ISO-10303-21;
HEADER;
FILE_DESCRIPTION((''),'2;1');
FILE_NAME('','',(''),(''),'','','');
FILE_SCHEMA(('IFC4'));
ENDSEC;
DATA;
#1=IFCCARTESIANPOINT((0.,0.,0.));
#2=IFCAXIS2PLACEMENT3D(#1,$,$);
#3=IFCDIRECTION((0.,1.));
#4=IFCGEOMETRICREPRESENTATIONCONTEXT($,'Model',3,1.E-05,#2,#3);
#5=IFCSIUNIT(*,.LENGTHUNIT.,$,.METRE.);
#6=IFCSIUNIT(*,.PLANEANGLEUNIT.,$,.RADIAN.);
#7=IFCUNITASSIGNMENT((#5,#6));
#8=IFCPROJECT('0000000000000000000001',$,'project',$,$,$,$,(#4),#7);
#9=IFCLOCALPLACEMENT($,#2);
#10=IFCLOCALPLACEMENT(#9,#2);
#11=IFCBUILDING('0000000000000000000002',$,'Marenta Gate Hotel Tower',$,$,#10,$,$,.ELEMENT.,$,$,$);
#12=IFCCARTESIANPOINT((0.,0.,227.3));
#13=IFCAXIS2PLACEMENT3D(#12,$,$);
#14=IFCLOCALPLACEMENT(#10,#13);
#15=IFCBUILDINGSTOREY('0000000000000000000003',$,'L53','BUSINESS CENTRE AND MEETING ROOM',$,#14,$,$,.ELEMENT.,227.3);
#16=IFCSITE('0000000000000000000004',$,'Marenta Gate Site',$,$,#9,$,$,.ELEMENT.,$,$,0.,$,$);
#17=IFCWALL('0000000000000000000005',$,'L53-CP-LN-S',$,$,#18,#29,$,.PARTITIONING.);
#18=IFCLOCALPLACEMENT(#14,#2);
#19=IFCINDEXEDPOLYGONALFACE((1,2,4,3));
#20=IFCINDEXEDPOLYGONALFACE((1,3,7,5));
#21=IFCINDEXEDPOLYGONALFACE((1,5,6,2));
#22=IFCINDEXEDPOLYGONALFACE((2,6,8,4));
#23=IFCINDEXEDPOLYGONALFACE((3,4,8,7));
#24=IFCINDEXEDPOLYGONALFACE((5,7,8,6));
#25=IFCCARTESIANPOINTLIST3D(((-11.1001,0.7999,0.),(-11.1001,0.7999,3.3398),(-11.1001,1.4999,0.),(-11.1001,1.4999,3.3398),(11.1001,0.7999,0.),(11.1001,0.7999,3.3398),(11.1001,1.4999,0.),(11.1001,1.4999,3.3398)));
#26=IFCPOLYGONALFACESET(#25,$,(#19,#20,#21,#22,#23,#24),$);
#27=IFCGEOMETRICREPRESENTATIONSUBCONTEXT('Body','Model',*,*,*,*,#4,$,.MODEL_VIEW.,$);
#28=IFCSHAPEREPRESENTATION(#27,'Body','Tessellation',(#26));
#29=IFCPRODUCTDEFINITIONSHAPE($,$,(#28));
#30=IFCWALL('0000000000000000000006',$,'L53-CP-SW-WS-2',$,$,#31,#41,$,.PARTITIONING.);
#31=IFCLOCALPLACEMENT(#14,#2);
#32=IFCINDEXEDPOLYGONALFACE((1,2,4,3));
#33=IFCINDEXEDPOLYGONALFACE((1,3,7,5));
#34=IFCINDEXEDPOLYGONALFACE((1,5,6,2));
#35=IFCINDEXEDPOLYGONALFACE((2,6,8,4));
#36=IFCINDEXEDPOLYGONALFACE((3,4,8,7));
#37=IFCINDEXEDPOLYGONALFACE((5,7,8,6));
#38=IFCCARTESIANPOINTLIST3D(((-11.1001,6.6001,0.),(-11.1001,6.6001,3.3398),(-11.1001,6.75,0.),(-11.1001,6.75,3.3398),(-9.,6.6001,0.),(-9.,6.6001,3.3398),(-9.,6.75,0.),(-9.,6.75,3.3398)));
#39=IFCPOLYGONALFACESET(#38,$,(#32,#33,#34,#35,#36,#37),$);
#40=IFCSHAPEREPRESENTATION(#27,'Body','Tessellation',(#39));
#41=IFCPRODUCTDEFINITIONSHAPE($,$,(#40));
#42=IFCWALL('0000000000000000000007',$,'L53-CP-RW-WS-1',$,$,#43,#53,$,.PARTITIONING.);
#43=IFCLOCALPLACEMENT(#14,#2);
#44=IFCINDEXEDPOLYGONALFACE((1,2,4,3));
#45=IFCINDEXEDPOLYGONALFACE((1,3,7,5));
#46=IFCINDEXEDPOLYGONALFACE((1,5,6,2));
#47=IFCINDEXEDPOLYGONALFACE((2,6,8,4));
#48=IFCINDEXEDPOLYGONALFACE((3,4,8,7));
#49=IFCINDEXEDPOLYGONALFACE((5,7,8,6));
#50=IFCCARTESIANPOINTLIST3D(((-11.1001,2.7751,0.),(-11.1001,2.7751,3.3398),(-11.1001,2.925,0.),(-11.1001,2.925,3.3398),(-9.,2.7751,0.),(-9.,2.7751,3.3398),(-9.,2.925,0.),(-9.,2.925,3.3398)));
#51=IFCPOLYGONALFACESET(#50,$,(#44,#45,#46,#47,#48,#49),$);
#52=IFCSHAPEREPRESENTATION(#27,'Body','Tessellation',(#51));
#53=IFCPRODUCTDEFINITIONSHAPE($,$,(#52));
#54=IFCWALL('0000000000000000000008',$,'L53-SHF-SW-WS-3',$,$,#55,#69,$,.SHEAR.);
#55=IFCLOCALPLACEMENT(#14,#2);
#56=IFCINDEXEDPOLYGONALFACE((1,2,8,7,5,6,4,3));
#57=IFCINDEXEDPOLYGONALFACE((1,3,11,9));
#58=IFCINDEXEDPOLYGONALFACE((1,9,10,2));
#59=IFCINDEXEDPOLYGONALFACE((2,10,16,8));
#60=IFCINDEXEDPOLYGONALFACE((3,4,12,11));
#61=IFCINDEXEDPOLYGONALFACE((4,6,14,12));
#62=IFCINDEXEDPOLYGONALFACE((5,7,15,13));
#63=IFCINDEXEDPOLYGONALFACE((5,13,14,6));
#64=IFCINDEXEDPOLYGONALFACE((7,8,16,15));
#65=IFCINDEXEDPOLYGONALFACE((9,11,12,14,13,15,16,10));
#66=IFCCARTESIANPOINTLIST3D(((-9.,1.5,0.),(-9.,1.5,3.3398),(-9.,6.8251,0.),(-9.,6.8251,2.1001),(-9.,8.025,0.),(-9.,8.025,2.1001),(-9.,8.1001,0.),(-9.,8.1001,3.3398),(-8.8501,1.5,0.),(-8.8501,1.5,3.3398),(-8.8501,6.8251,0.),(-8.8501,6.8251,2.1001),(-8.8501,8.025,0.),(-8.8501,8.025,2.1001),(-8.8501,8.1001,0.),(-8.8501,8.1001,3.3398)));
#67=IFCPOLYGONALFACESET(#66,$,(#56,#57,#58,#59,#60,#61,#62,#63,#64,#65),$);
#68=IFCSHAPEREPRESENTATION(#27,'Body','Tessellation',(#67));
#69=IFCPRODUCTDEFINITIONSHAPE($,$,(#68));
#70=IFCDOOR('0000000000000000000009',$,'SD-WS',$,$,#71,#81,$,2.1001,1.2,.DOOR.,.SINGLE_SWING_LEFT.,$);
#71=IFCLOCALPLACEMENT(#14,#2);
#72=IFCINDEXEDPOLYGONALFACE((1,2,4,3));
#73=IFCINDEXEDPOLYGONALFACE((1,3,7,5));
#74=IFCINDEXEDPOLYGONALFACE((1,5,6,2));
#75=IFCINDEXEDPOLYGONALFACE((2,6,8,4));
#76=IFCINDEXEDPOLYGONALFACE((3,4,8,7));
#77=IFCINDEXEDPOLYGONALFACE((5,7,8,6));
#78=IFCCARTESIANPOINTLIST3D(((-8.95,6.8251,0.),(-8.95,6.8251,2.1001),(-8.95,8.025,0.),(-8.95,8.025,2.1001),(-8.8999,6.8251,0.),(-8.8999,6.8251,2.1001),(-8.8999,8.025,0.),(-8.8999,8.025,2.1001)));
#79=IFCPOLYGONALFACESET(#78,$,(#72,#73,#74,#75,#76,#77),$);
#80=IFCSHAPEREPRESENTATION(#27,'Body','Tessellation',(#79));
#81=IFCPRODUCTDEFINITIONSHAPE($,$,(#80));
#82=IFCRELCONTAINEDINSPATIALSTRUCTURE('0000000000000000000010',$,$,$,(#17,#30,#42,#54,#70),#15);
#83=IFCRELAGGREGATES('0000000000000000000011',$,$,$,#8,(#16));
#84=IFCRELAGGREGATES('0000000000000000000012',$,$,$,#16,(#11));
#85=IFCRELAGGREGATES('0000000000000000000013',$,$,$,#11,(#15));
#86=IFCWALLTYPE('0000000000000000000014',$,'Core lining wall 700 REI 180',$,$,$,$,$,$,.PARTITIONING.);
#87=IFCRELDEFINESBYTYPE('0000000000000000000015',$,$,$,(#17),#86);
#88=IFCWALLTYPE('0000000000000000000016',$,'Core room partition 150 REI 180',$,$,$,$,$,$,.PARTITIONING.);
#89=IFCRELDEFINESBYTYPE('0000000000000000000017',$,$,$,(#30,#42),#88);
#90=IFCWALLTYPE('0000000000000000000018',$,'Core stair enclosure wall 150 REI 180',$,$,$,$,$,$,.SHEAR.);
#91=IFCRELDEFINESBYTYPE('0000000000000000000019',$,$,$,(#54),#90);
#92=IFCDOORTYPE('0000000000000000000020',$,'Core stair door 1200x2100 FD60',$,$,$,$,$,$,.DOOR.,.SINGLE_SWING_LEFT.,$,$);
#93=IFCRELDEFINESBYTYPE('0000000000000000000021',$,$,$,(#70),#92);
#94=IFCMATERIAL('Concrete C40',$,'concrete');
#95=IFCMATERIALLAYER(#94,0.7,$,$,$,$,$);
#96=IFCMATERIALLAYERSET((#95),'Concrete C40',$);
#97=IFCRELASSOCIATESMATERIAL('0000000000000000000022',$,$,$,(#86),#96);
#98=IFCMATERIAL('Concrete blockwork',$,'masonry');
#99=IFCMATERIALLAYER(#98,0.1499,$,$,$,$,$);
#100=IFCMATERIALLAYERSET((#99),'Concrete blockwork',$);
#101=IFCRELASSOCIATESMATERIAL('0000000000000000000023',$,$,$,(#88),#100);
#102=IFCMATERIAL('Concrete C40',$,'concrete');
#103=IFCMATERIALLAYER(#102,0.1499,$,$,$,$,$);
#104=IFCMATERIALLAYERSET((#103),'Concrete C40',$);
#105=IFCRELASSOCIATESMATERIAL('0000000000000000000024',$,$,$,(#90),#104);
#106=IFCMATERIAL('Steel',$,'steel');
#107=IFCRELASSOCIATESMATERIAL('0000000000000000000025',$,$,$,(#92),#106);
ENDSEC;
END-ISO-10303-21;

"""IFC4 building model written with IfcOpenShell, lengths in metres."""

from ifc_helpers import new_model, si_unit, direction, frame, frame_2d, origin, place, context, subcontext, project, spatial, rectangle, extrude, material, layer, layer_set, type_object, element, fill, save


model = new_model("IFC4")

# Units and contexts
model_context = context("Model", 3, precision=1e-05, world=origin(), true_north=direction((0.0, 1.0)))
body_context = subcontext(model_context, "Body", "Model", "MODEL_VIEW")
ifc_project = project(units=[si_unit("LENGTHUNIT", "METRE"), si_unit("PLANEANGLEUNIT", "RADIAN")], contexts=[model_context])

# Site, building, storey
site_placement = place(None, origin())
site = spatial("IfcSite", under=ifc_project, at=site_placement, Name="Marenta Gate Site", CompositionType="ELEMENT", RefElevation=0.0)
building_placement = place(site_placement, origin())
building = spatial("IfcBuilding", under=site, at=building_placement, Name="Marenta Gate Hotel Tower", CompositionType="ELEMENT")
storey_placement = place(building_placement, frame((0.0, 0.0, 227.3)))
storey = spatial("IfcBuildingStorey", under=building, at=storey_placement, Name="L53", Description="BUSINESS CENTRE AND MEETING ROOM", CompositionType="ELEMENT", Elevation=227.3)

# Walls
ifc_material_1 = material(Name="Concrete C40", Category="concrete")
ifc_layer_1 = layer(ifc_material_1, 0.7)
ifc_layer_set_1 = layer_set([ifc_layer_1], Name="Concrete C40")
wall_type_1 = type_object("IfcWallType", Name="Core lining wall 700 REI 180", PredefinedType="PARTITIONING", material=ifc_layer_set_1)
wall_1_placement = place(storey_placement, frame((-11.1001, 1.1499, 0.0), z_axis=(0.0, 0.0, 1.0), x_axis=(1.0, 0.0, 0.0)))
element("IfcWall", 1, at=wall_1_placement, inside=storey, type_object=wall_type_1, Name="L53-CP-LN-S", PredefinedType="PARTITIONING", context=body_context, shape_type="SweptSolid", body=[
    extrude(rectangle(XDim=22.2002, YDim=0.7, at=frame_2d((11.1001, 0.0))), origin(), (0.0, 0.0, 1.0), 3.3398),
])
ifc_material_2 = material(Name="Concrete blockwork", Category="masonry")
ifc_layer_2 = layer(ifc_material_2, 0.1499)
ifc_layer_set_2 = layer_set([ifc_layer_2], Name="Concrete blockwork")
wall_type_2 = type_object("IfcWallType", Name="Core room partition 150 REI 180", PredefinedType="PARTITIONING", material=ifc_layer_set_2)
for number, where, z_axis, x_axis, name in (
    (2, (-11.1001, 6.675, 0.0), (0.0, 0.0, 1.0), (1.0, 0.0, 0.0), "L53-CP-SW-WS-2"),
    (3, (-11.1001, 2.8501, 0.0), (0.0, 0.0, 1.0), (1.0, 0.0, 0.0), "L53-CP-RW-WS-1"),
):
    element("IfcWall", number, at=place(storey_placement, frame(where, z_axis=z_axis, x_axis=x_axis)), inside=storey, type_object=wall_type_2, Name=name, PredefinedType="PARTITIONING", context=body_context, shape_type="SweptSolid", body=[
        extrude(rectangle(XDim=2.1001, YDim=0.1499, at=frame_2d((1.05, 0.0))), origin(), (0.0, 0.0, 1.0), 3.3398),
    ])

# Wall, opening, door
ifc_material_3 = material(Name="Concrete C40", Category="concrete")
ifc_layer_3 = layer(ifc_material_3, 0.1499)
ifc_layer_set_3 = layer_set([ifc_layer_3], Name="Concrete C40")
wall_type_3 = type_object("IfcWallType", Name="Core stair enclosure wall 150 REI 180", PredefinedType="SHEAR", material=ifc_layer_set_3)
wall_2_placement = place(storey_placement, frame((-8.925, 1.5, 0.0), z_axis=(0.0, 0.0, 1.0), x_axis=(0.0, 1.0, 0.0)))
wall_2 = element("IfcWall", 4, at=wall_2_placement, inside=storey, type_object=wall_type_3, Name="L53-SHF-SW-WS-3", PredefinedType="SHEAR", context=body_context, shape_type="SweptSolid", body=[
    extrude(rectangle(XDim=6.6001, YDim=0.1499, at=frame_2d((3.3, 0.0))), origin(), (0.0, 0.0, 1.0), 3.3398),
])
opening_1_placement = place(wall_2_placement, frame((5.325, 0.0, 0.0)))
opening_1 = element("IfcOpeningElement", 5, at=opening_1_placement, cuts=wall_2, PredefinedType="OPENING", context=body_context, shape_type="SweptSolid", body=[
    extrude(rectangle(XDim=1.2, YDim=2.1001, at=frame_2d((0.6001, 1.05))), frame((0.0, 0.075, 0.0), z_axis=(0.0, -1.0, 0.0), x_axis=(1.0, 0.0, 0.0)), (0.0, 0.0, 1.0), 0.1499),
])
ifc_material_4 = material(Name="Steel", Category="steel")
door_type_1 = type_object("IfcDoorType", Name="Core stair door 1200x2100 FD60", OperationType="SINGLE_SWING_LEFT", PredefinedType="DOOR", material=ifc_material_4)
door_1_placement = place(opening_1_placement, origin())
door_1 = element("IfcDoor", 6, at=door_1_placement, inside=storey, type_object=door_type_1, Name="SD-WS", OperationType="SINGLE_SWING_LEFT", OverallHeight=2.1001, OverallWidth=1.2, PredefinedType="DOOR", context=body_context, shape_type="SweptSolid", body=[
    extrude(rectangle(XDim=1.2, YDim=2.1001, at=frame_2d((0.6001, 1.05))), frame((0.0, 0.0249, 0.0), z_axis=(0.0, -1.0, 0.0), x_axis=(1.0, 0.0, 0.0)), (0.0, 0.0, 1.0), 0.05),
])
fill(opening_1, door_1)

save(model, "model.ifc")
